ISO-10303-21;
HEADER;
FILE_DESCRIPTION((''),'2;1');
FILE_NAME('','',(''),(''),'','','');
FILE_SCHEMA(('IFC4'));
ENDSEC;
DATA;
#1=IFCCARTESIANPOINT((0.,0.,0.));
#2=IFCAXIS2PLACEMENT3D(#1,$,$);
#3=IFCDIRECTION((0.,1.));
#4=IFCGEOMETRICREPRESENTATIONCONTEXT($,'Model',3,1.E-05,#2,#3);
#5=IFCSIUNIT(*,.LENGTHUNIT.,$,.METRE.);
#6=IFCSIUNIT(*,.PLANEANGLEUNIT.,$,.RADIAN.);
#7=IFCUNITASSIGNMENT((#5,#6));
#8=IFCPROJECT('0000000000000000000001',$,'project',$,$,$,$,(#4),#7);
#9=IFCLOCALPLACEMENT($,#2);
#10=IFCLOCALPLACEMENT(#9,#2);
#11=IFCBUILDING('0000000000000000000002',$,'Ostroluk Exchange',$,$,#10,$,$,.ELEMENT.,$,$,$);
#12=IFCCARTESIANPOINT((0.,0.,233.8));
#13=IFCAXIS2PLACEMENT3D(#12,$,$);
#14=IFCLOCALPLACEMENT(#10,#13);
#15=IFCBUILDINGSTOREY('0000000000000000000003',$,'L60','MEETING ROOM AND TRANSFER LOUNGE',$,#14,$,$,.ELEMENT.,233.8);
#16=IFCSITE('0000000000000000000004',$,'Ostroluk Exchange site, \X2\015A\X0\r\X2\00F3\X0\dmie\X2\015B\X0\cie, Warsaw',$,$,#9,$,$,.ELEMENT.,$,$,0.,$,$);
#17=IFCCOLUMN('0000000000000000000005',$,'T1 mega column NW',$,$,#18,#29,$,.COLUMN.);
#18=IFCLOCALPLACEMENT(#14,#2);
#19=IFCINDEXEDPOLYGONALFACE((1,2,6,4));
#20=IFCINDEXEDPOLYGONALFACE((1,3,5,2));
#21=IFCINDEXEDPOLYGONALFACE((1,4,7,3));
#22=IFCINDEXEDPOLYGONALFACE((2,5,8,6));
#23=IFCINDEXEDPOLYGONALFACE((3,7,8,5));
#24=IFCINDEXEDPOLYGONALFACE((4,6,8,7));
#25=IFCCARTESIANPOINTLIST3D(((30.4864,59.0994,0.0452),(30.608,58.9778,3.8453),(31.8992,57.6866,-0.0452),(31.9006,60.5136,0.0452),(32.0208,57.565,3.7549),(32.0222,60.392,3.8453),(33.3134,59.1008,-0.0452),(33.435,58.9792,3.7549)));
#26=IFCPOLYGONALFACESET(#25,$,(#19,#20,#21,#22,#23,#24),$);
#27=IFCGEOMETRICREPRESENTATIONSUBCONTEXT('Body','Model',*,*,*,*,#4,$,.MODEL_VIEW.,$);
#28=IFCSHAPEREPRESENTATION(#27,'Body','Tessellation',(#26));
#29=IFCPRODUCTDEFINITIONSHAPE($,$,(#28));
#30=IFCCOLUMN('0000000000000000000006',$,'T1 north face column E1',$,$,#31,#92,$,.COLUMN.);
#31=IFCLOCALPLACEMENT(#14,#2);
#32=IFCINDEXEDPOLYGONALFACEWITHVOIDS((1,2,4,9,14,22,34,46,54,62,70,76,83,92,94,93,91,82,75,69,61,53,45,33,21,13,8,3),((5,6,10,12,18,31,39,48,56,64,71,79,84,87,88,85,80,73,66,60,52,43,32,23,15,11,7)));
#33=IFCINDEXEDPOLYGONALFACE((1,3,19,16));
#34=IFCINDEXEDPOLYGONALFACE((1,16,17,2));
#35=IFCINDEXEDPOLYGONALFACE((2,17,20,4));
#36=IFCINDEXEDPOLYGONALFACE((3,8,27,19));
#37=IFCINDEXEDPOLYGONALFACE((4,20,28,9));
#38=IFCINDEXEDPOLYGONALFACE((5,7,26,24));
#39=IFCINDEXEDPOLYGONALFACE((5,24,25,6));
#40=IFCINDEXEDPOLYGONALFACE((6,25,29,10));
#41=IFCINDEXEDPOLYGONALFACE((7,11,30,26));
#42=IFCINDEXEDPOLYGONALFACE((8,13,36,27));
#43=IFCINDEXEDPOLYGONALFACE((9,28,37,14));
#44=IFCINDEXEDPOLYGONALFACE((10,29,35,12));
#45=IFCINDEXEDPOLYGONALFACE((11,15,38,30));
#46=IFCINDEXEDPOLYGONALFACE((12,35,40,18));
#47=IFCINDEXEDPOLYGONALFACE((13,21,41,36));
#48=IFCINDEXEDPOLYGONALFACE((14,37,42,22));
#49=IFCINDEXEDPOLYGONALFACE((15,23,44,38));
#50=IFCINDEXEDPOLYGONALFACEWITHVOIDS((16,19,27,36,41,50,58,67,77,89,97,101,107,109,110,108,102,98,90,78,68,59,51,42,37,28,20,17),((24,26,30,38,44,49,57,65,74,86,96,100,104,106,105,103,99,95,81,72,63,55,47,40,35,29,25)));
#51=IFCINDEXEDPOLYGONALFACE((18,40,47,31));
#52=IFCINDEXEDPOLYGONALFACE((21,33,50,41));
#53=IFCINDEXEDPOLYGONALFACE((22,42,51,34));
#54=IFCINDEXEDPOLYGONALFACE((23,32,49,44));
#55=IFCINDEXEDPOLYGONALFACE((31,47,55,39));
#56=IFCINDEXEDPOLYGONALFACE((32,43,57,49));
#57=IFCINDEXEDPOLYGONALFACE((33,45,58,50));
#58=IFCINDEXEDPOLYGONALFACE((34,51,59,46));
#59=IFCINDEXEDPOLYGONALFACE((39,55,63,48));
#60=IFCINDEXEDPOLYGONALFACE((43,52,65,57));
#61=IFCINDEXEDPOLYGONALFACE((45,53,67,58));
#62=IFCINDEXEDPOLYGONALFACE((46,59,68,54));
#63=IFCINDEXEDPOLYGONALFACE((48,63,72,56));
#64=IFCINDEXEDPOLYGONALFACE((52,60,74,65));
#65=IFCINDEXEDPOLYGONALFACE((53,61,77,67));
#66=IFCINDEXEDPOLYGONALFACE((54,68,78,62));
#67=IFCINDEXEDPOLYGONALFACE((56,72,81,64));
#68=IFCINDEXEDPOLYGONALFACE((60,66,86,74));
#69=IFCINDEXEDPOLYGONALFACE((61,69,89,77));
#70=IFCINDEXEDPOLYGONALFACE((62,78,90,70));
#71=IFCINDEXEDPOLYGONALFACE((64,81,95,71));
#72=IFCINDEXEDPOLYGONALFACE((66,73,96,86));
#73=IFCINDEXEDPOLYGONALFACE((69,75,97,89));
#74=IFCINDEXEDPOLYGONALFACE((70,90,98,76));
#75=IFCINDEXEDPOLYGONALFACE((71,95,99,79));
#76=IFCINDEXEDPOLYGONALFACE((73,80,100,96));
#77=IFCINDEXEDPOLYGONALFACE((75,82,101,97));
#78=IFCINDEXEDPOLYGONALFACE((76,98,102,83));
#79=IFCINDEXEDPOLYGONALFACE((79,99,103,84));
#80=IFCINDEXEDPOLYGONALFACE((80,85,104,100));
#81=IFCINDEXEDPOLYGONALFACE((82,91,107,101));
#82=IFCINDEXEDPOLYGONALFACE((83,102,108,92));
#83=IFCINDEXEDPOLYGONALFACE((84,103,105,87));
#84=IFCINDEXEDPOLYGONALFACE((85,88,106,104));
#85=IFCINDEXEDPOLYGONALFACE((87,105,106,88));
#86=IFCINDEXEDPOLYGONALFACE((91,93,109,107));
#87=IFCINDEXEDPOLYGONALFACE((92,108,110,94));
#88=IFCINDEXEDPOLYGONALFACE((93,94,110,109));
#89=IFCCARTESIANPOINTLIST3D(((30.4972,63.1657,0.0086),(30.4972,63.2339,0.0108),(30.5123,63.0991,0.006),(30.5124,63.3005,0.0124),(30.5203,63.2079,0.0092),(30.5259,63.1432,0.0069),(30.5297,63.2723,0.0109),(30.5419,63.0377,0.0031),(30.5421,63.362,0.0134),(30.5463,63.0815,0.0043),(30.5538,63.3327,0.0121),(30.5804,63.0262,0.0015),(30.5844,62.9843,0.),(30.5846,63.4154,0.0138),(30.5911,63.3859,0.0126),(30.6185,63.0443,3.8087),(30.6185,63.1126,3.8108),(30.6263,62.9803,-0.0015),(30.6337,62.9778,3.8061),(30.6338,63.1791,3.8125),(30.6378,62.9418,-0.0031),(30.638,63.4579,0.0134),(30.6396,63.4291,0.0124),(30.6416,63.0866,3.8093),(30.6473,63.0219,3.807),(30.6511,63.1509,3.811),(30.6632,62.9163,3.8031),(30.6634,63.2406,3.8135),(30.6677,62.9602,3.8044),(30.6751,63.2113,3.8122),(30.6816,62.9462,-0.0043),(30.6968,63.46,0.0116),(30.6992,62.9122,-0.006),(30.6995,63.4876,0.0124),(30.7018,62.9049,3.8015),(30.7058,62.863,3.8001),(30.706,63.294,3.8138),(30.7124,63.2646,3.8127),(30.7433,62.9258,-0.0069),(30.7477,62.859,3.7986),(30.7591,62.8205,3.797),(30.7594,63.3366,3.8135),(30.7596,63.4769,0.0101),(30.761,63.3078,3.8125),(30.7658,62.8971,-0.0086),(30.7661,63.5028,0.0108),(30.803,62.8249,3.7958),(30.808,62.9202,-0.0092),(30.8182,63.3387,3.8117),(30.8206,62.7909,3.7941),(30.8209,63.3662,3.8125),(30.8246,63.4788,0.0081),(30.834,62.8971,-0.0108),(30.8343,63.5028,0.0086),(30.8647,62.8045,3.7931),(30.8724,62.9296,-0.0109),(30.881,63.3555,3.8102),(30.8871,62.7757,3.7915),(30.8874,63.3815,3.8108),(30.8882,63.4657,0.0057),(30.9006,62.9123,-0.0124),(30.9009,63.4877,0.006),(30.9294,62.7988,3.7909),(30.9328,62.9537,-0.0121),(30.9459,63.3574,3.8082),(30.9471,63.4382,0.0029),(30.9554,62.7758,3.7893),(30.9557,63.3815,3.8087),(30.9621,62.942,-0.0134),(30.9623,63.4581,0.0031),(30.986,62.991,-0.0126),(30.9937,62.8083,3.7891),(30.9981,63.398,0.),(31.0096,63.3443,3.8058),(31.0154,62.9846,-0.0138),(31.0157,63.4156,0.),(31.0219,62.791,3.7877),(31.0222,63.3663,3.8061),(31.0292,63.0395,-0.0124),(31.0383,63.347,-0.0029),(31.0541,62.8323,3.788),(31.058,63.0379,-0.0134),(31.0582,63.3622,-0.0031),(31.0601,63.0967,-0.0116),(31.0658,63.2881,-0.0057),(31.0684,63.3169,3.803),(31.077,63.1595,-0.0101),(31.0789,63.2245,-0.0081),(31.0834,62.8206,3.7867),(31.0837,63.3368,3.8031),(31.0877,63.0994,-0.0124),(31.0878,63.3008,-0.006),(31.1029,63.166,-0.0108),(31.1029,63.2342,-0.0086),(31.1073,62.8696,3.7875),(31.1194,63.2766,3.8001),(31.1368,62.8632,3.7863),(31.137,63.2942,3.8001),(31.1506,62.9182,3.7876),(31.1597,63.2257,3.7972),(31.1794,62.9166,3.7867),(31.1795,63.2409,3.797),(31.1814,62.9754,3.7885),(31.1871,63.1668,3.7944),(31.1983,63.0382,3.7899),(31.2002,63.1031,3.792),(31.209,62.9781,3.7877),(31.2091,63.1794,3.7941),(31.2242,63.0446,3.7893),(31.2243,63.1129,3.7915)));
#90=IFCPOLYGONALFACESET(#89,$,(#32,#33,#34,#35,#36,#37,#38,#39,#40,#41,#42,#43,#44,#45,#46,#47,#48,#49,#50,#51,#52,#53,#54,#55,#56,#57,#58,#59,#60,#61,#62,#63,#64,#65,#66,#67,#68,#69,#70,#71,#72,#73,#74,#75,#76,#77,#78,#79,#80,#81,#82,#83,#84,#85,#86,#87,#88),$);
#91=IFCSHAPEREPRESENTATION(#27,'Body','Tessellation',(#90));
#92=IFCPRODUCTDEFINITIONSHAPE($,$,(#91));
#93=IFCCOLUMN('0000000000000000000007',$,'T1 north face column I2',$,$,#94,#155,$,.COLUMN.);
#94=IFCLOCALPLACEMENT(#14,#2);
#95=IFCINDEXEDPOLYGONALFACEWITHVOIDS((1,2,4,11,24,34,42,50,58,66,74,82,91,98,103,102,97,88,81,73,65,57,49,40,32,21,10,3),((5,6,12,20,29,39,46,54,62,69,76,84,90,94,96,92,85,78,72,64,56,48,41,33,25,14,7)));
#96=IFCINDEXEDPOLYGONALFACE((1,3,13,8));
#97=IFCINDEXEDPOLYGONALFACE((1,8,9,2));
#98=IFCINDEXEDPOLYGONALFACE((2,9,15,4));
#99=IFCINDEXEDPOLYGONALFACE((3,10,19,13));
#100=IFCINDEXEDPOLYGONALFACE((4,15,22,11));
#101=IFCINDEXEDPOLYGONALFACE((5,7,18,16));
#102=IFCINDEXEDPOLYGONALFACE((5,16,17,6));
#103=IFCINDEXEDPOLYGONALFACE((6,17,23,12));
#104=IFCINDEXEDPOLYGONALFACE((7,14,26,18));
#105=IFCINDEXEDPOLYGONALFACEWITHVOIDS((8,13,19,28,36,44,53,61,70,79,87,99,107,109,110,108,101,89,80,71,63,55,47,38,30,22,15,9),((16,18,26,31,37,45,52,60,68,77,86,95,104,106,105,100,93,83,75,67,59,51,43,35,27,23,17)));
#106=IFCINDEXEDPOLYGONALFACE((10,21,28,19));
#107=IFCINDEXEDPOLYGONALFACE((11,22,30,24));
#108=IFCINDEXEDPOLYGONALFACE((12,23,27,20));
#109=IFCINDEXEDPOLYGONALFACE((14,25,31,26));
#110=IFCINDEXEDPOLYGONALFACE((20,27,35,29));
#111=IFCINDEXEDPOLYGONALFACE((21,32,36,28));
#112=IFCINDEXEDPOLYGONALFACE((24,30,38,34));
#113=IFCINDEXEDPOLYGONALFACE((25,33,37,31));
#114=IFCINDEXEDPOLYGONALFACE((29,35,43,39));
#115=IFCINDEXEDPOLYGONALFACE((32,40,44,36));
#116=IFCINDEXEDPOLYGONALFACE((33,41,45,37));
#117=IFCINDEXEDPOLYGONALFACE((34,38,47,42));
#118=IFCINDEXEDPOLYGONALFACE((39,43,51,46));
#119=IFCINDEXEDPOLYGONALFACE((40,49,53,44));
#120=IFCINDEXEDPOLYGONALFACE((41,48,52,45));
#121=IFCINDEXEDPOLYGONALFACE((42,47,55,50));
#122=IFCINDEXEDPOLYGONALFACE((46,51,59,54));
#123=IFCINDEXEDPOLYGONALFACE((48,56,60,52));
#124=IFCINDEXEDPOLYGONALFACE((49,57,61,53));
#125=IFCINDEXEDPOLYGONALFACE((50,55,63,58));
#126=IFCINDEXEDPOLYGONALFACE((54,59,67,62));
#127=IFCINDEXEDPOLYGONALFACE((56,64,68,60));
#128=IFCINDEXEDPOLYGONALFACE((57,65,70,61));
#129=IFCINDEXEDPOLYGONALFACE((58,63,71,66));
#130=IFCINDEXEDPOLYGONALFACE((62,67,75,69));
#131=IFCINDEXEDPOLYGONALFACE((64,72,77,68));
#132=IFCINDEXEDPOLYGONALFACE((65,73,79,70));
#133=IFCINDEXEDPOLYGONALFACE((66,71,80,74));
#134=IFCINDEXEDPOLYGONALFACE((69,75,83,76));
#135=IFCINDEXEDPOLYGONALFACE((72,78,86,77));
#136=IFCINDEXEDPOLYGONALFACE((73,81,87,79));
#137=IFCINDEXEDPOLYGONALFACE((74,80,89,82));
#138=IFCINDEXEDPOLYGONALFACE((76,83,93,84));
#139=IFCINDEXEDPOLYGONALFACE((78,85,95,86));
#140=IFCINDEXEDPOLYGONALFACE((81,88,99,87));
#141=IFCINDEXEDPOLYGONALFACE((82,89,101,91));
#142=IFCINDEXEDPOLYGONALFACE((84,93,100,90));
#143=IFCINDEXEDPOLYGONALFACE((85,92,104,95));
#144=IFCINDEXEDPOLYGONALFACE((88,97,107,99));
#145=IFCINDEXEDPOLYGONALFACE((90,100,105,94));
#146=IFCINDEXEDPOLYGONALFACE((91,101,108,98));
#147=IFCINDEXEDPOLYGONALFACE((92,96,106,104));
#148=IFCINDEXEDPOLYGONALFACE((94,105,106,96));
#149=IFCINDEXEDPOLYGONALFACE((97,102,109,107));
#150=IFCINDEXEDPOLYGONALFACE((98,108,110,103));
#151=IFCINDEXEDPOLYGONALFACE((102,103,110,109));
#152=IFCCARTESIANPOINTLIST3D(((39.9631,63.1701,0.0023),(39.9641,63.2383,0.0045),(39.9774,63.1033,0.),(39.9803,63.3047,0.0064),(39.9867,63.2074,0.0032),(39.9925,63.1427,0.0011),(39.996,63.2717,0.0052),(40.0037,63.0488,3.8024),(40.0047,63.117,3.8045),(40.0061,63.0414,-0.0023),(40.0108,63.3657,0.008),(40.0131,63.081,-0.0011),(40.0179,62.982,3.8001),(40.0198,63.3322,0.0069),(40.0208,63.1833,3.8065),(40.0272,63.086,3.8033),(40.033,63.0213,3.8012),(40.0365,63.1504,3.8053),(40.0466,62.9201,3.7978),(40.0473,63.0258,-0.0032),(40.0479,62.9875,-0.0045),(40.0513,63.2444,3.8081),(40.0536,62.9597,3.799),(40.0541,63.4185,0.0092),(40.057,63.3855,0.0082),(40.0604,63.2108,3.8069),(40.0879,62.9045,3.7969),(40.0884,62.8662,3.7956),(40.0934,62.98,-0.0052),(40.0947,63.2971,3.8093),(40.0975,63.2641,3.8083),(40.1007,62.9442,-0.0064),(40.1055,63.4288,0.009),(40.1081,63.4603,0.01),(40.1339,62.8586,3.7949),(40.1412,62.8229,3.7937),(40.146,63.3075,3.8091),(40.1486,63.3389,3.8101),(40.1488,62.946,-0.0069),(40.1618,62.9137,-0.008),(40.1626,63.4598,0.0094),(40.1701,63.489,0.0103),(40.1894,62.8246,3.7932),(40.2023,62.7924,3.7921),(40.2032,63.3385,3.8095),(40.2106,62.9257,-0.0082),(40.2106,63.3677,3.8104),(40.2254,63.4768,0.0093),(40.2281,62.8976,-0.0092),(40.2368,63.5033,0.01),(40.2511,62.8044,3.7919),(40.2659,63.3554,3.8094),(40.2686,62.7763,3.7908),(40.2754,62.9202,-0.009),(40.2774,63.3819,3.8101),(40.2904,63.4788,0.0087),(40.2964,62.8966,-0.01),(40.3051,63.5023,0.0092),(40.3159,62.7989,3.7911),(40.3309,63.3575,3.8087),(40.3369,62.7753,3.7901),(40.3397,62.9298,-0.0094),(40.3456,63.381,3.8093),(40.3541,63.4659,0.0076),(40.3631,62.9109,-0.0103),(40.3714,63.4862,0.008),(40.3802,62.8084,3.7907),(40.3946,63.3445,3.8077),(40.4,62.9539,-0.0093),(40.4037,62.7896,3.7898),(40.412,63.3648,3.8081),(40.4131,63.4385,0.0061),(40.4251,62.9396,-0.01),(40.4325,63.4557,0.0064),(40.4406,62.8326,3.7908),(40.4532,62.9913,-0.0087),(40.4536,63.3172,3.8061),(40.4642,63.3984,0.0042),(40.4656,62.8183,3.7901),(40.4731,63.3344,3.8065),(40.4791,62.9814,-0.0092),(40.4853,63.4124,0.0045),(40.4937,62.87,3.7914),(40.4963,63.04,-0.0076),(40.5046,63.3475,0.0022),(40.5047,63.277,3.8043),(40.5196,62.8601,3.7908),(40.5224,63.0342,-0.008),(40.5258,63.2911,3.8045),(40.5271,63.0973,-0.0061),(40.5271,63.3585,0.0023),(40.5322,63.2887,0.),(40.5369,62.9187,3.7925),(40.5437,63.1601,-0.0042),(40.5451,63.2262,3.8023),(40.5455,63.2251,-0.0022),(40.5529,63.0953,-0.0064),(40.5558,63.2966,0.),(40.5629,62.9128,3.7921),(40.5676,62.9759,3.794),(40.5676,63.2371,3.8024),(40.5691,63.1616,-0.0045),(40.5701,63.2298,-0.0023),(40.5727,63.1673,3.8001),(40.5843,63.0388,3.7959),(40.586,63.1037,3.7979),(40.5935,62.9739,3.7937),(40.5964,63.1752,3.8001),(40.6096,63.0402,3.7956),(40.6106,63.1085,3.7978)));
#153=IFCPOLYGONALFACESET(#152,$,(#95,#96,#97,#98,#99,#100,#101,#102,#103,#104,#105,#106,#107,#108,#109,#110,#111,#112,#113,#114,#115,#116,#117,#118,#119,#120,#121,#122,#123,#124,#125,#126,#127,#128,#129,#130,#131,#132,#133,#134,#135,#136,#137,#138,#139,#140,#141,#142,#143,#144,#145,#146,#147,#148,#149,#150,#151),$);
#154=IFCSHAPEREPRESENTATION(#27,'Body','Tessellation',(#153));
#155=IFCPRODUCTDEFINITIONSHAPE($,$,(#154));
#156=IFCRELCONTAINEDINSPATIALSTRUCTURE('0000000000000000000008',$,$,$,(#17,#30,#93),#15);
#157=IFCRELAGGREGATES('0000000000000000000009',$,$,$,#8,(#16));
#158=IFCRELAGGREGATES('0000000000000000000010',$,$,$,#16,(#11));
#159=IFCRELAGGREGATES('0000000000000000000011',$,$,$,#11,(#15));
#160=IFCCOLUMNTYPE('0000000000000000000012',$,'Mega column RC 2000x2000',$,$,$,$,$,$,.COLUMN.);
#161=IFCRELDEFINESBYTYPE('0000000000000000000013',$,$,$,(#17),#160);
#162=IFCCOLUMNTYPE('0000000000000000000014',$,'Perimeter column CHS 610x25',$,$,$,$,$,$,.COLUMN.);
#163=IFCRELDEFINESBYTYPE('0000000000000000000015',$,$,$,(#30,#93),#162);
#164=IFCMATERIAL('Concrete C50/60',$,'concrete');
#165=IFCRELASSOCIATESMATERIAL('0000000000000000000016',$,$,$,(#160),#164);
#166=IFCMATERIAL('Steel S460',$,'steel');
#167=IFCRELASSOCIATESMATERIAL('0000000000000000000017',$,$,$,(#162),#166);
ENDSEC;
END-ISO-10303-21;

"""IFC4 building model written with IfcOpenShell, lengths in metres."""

from ifc_helpers import new_model, si_unit, direction, frame, origin, origin_2d, place, context, subcontext, project, spatial, rectangle, hollow_circle, extrude, material, material_profile, profile_set, type_object, element, save


model = new_model("IFC4")

# Units and contexts
model_context = context("Model", 3, precision=1e-05, world=origin(), true_north=direction((0.0, 1.0)))
body_context = subcontext(model_context, "Body", "Model", "MODEL_VIEW")
ifc_project = project(units=[si_unit("LENGTHUNIT", "METRE"), si_unit("PLANEANGLEUNIT", "RADIAN")], contexts=[model_context])

# Site, building, storey
site_placement = place(None, origin())
site = spatial("IfcSite", under=ifc_project, at=site_placement, Name="Ostroluk Exchange site, Śródmieście, Warsaw", CompositionType="ELEMENT", RefElevation=0.0)
building_placement = place(site_placement, origin())
building = spatial("IfcBuilding", under=site, at=building_placement, Name="Ostroluk Exchange", CompositionType="ELEMENT")
storey_placement = place(building_placement, frame((0.0, 0.0, 233.8)))
storey = spatial("IfcBuildingStorey", under=building, at=storey_placement, Name="L60", Description="MEETING ROOM AND TRANSFER LOUNGE", CompositionType="ELEMENT", Elevation=233.8)

# Columns
ifc_material_1 = material(Name="Concrete C50/60", Category="concrete")
ifc_material_profile_1 = material_profile(ifc_material_1, rectangle(XDim=2.0, YDim=2.0, at=origin_2d()), Name="RC 2000x2000")
ifc_profile_set_1 = profile_set([ifc_material_profile_1], Name="Concrete C50/60")
column_type_1 = type_object("IfcColumnType", Name="Mega column RC 2000x2000", PredefinedType="COLUMN", material=ifc_profile_set_1)
column_1_placement = place(storey_placement, frame((31.8999, 59.1001, 0.0), z_axis=(0.031962, -0.031962, 0.998978), x_axis=(0.707107, 0.707107, 0.0)))
element("IfcColumn", 1, at=column_1_placement, inside=storey, type_object=column_type_1, Name="T1 mega column NW", PredefinedType="COLUMN", context=body_context, shape_type="SweptSolid", body=[
    extrude(rectangle(XDim=2.0, YDim=2.0, at=origin_2d()), origin(), (0.0, 0.0, 1.0), 3.804),
])
ifc_material_2 = material(Name="Steel S460", Category="steel")
ifc_material_profile_2 = material_profile(ifc_material_2, hollow_circle(Radius=0.3049, WallThickness=0.0249, at=origin_2d()), Name="CHS 610x25")
ifc_profile_set_2 = profile_set([ifc_material_profile_2], Name="Steel S460")
column_type_2 = type_object("IfcColumnType", Name="Perimeter column CHS 610x25", PredefinedType="COLUMN", material=ifc_profile_set_2)
column_2_placement = place(storey_placement, frame((30.8, 63.2, 0.0), z_axis=(0.031898, -0.031898, 0.998982), x_axis=(0.707107, 0.707107, 0.0)))
element("IfcColumn", 2, at=column_2_placement, inside=storey, type_object=column_type_2, Name="T1 north face column E1", PredefinedType="COLUMN", context=body_context, shape_type="SweptSolid", body=[
    extrude(hollow_circle(Radius=0.3049, WallThickness=0.0249, at=origin_2d()), origin(), (0.0, 0.0, 1.0), 3.804),
])
column_3_placement = place(storey_placement, frame((40.2666, 63.2, 0.0), z_axis=(0.010659, -0.031913, 0.999434), x_axis=(0.948492, 0.3168, 0.0)))
element("IfcColumn", 3, at=column_3_placement, inside=storey, type_object=column_type_2, Name="T1 north face column I2", PredefinedType="COLUMN", context=body_context, shape_type="SweptSolid", body=[
    extrude(hollow_circle(Radius=0.3049, WallThickness=0.0249, at=origin_2d()), origin(), (0.0, 0.0, 1.0), 3.8022),
])

save(model, "model.ifc")
